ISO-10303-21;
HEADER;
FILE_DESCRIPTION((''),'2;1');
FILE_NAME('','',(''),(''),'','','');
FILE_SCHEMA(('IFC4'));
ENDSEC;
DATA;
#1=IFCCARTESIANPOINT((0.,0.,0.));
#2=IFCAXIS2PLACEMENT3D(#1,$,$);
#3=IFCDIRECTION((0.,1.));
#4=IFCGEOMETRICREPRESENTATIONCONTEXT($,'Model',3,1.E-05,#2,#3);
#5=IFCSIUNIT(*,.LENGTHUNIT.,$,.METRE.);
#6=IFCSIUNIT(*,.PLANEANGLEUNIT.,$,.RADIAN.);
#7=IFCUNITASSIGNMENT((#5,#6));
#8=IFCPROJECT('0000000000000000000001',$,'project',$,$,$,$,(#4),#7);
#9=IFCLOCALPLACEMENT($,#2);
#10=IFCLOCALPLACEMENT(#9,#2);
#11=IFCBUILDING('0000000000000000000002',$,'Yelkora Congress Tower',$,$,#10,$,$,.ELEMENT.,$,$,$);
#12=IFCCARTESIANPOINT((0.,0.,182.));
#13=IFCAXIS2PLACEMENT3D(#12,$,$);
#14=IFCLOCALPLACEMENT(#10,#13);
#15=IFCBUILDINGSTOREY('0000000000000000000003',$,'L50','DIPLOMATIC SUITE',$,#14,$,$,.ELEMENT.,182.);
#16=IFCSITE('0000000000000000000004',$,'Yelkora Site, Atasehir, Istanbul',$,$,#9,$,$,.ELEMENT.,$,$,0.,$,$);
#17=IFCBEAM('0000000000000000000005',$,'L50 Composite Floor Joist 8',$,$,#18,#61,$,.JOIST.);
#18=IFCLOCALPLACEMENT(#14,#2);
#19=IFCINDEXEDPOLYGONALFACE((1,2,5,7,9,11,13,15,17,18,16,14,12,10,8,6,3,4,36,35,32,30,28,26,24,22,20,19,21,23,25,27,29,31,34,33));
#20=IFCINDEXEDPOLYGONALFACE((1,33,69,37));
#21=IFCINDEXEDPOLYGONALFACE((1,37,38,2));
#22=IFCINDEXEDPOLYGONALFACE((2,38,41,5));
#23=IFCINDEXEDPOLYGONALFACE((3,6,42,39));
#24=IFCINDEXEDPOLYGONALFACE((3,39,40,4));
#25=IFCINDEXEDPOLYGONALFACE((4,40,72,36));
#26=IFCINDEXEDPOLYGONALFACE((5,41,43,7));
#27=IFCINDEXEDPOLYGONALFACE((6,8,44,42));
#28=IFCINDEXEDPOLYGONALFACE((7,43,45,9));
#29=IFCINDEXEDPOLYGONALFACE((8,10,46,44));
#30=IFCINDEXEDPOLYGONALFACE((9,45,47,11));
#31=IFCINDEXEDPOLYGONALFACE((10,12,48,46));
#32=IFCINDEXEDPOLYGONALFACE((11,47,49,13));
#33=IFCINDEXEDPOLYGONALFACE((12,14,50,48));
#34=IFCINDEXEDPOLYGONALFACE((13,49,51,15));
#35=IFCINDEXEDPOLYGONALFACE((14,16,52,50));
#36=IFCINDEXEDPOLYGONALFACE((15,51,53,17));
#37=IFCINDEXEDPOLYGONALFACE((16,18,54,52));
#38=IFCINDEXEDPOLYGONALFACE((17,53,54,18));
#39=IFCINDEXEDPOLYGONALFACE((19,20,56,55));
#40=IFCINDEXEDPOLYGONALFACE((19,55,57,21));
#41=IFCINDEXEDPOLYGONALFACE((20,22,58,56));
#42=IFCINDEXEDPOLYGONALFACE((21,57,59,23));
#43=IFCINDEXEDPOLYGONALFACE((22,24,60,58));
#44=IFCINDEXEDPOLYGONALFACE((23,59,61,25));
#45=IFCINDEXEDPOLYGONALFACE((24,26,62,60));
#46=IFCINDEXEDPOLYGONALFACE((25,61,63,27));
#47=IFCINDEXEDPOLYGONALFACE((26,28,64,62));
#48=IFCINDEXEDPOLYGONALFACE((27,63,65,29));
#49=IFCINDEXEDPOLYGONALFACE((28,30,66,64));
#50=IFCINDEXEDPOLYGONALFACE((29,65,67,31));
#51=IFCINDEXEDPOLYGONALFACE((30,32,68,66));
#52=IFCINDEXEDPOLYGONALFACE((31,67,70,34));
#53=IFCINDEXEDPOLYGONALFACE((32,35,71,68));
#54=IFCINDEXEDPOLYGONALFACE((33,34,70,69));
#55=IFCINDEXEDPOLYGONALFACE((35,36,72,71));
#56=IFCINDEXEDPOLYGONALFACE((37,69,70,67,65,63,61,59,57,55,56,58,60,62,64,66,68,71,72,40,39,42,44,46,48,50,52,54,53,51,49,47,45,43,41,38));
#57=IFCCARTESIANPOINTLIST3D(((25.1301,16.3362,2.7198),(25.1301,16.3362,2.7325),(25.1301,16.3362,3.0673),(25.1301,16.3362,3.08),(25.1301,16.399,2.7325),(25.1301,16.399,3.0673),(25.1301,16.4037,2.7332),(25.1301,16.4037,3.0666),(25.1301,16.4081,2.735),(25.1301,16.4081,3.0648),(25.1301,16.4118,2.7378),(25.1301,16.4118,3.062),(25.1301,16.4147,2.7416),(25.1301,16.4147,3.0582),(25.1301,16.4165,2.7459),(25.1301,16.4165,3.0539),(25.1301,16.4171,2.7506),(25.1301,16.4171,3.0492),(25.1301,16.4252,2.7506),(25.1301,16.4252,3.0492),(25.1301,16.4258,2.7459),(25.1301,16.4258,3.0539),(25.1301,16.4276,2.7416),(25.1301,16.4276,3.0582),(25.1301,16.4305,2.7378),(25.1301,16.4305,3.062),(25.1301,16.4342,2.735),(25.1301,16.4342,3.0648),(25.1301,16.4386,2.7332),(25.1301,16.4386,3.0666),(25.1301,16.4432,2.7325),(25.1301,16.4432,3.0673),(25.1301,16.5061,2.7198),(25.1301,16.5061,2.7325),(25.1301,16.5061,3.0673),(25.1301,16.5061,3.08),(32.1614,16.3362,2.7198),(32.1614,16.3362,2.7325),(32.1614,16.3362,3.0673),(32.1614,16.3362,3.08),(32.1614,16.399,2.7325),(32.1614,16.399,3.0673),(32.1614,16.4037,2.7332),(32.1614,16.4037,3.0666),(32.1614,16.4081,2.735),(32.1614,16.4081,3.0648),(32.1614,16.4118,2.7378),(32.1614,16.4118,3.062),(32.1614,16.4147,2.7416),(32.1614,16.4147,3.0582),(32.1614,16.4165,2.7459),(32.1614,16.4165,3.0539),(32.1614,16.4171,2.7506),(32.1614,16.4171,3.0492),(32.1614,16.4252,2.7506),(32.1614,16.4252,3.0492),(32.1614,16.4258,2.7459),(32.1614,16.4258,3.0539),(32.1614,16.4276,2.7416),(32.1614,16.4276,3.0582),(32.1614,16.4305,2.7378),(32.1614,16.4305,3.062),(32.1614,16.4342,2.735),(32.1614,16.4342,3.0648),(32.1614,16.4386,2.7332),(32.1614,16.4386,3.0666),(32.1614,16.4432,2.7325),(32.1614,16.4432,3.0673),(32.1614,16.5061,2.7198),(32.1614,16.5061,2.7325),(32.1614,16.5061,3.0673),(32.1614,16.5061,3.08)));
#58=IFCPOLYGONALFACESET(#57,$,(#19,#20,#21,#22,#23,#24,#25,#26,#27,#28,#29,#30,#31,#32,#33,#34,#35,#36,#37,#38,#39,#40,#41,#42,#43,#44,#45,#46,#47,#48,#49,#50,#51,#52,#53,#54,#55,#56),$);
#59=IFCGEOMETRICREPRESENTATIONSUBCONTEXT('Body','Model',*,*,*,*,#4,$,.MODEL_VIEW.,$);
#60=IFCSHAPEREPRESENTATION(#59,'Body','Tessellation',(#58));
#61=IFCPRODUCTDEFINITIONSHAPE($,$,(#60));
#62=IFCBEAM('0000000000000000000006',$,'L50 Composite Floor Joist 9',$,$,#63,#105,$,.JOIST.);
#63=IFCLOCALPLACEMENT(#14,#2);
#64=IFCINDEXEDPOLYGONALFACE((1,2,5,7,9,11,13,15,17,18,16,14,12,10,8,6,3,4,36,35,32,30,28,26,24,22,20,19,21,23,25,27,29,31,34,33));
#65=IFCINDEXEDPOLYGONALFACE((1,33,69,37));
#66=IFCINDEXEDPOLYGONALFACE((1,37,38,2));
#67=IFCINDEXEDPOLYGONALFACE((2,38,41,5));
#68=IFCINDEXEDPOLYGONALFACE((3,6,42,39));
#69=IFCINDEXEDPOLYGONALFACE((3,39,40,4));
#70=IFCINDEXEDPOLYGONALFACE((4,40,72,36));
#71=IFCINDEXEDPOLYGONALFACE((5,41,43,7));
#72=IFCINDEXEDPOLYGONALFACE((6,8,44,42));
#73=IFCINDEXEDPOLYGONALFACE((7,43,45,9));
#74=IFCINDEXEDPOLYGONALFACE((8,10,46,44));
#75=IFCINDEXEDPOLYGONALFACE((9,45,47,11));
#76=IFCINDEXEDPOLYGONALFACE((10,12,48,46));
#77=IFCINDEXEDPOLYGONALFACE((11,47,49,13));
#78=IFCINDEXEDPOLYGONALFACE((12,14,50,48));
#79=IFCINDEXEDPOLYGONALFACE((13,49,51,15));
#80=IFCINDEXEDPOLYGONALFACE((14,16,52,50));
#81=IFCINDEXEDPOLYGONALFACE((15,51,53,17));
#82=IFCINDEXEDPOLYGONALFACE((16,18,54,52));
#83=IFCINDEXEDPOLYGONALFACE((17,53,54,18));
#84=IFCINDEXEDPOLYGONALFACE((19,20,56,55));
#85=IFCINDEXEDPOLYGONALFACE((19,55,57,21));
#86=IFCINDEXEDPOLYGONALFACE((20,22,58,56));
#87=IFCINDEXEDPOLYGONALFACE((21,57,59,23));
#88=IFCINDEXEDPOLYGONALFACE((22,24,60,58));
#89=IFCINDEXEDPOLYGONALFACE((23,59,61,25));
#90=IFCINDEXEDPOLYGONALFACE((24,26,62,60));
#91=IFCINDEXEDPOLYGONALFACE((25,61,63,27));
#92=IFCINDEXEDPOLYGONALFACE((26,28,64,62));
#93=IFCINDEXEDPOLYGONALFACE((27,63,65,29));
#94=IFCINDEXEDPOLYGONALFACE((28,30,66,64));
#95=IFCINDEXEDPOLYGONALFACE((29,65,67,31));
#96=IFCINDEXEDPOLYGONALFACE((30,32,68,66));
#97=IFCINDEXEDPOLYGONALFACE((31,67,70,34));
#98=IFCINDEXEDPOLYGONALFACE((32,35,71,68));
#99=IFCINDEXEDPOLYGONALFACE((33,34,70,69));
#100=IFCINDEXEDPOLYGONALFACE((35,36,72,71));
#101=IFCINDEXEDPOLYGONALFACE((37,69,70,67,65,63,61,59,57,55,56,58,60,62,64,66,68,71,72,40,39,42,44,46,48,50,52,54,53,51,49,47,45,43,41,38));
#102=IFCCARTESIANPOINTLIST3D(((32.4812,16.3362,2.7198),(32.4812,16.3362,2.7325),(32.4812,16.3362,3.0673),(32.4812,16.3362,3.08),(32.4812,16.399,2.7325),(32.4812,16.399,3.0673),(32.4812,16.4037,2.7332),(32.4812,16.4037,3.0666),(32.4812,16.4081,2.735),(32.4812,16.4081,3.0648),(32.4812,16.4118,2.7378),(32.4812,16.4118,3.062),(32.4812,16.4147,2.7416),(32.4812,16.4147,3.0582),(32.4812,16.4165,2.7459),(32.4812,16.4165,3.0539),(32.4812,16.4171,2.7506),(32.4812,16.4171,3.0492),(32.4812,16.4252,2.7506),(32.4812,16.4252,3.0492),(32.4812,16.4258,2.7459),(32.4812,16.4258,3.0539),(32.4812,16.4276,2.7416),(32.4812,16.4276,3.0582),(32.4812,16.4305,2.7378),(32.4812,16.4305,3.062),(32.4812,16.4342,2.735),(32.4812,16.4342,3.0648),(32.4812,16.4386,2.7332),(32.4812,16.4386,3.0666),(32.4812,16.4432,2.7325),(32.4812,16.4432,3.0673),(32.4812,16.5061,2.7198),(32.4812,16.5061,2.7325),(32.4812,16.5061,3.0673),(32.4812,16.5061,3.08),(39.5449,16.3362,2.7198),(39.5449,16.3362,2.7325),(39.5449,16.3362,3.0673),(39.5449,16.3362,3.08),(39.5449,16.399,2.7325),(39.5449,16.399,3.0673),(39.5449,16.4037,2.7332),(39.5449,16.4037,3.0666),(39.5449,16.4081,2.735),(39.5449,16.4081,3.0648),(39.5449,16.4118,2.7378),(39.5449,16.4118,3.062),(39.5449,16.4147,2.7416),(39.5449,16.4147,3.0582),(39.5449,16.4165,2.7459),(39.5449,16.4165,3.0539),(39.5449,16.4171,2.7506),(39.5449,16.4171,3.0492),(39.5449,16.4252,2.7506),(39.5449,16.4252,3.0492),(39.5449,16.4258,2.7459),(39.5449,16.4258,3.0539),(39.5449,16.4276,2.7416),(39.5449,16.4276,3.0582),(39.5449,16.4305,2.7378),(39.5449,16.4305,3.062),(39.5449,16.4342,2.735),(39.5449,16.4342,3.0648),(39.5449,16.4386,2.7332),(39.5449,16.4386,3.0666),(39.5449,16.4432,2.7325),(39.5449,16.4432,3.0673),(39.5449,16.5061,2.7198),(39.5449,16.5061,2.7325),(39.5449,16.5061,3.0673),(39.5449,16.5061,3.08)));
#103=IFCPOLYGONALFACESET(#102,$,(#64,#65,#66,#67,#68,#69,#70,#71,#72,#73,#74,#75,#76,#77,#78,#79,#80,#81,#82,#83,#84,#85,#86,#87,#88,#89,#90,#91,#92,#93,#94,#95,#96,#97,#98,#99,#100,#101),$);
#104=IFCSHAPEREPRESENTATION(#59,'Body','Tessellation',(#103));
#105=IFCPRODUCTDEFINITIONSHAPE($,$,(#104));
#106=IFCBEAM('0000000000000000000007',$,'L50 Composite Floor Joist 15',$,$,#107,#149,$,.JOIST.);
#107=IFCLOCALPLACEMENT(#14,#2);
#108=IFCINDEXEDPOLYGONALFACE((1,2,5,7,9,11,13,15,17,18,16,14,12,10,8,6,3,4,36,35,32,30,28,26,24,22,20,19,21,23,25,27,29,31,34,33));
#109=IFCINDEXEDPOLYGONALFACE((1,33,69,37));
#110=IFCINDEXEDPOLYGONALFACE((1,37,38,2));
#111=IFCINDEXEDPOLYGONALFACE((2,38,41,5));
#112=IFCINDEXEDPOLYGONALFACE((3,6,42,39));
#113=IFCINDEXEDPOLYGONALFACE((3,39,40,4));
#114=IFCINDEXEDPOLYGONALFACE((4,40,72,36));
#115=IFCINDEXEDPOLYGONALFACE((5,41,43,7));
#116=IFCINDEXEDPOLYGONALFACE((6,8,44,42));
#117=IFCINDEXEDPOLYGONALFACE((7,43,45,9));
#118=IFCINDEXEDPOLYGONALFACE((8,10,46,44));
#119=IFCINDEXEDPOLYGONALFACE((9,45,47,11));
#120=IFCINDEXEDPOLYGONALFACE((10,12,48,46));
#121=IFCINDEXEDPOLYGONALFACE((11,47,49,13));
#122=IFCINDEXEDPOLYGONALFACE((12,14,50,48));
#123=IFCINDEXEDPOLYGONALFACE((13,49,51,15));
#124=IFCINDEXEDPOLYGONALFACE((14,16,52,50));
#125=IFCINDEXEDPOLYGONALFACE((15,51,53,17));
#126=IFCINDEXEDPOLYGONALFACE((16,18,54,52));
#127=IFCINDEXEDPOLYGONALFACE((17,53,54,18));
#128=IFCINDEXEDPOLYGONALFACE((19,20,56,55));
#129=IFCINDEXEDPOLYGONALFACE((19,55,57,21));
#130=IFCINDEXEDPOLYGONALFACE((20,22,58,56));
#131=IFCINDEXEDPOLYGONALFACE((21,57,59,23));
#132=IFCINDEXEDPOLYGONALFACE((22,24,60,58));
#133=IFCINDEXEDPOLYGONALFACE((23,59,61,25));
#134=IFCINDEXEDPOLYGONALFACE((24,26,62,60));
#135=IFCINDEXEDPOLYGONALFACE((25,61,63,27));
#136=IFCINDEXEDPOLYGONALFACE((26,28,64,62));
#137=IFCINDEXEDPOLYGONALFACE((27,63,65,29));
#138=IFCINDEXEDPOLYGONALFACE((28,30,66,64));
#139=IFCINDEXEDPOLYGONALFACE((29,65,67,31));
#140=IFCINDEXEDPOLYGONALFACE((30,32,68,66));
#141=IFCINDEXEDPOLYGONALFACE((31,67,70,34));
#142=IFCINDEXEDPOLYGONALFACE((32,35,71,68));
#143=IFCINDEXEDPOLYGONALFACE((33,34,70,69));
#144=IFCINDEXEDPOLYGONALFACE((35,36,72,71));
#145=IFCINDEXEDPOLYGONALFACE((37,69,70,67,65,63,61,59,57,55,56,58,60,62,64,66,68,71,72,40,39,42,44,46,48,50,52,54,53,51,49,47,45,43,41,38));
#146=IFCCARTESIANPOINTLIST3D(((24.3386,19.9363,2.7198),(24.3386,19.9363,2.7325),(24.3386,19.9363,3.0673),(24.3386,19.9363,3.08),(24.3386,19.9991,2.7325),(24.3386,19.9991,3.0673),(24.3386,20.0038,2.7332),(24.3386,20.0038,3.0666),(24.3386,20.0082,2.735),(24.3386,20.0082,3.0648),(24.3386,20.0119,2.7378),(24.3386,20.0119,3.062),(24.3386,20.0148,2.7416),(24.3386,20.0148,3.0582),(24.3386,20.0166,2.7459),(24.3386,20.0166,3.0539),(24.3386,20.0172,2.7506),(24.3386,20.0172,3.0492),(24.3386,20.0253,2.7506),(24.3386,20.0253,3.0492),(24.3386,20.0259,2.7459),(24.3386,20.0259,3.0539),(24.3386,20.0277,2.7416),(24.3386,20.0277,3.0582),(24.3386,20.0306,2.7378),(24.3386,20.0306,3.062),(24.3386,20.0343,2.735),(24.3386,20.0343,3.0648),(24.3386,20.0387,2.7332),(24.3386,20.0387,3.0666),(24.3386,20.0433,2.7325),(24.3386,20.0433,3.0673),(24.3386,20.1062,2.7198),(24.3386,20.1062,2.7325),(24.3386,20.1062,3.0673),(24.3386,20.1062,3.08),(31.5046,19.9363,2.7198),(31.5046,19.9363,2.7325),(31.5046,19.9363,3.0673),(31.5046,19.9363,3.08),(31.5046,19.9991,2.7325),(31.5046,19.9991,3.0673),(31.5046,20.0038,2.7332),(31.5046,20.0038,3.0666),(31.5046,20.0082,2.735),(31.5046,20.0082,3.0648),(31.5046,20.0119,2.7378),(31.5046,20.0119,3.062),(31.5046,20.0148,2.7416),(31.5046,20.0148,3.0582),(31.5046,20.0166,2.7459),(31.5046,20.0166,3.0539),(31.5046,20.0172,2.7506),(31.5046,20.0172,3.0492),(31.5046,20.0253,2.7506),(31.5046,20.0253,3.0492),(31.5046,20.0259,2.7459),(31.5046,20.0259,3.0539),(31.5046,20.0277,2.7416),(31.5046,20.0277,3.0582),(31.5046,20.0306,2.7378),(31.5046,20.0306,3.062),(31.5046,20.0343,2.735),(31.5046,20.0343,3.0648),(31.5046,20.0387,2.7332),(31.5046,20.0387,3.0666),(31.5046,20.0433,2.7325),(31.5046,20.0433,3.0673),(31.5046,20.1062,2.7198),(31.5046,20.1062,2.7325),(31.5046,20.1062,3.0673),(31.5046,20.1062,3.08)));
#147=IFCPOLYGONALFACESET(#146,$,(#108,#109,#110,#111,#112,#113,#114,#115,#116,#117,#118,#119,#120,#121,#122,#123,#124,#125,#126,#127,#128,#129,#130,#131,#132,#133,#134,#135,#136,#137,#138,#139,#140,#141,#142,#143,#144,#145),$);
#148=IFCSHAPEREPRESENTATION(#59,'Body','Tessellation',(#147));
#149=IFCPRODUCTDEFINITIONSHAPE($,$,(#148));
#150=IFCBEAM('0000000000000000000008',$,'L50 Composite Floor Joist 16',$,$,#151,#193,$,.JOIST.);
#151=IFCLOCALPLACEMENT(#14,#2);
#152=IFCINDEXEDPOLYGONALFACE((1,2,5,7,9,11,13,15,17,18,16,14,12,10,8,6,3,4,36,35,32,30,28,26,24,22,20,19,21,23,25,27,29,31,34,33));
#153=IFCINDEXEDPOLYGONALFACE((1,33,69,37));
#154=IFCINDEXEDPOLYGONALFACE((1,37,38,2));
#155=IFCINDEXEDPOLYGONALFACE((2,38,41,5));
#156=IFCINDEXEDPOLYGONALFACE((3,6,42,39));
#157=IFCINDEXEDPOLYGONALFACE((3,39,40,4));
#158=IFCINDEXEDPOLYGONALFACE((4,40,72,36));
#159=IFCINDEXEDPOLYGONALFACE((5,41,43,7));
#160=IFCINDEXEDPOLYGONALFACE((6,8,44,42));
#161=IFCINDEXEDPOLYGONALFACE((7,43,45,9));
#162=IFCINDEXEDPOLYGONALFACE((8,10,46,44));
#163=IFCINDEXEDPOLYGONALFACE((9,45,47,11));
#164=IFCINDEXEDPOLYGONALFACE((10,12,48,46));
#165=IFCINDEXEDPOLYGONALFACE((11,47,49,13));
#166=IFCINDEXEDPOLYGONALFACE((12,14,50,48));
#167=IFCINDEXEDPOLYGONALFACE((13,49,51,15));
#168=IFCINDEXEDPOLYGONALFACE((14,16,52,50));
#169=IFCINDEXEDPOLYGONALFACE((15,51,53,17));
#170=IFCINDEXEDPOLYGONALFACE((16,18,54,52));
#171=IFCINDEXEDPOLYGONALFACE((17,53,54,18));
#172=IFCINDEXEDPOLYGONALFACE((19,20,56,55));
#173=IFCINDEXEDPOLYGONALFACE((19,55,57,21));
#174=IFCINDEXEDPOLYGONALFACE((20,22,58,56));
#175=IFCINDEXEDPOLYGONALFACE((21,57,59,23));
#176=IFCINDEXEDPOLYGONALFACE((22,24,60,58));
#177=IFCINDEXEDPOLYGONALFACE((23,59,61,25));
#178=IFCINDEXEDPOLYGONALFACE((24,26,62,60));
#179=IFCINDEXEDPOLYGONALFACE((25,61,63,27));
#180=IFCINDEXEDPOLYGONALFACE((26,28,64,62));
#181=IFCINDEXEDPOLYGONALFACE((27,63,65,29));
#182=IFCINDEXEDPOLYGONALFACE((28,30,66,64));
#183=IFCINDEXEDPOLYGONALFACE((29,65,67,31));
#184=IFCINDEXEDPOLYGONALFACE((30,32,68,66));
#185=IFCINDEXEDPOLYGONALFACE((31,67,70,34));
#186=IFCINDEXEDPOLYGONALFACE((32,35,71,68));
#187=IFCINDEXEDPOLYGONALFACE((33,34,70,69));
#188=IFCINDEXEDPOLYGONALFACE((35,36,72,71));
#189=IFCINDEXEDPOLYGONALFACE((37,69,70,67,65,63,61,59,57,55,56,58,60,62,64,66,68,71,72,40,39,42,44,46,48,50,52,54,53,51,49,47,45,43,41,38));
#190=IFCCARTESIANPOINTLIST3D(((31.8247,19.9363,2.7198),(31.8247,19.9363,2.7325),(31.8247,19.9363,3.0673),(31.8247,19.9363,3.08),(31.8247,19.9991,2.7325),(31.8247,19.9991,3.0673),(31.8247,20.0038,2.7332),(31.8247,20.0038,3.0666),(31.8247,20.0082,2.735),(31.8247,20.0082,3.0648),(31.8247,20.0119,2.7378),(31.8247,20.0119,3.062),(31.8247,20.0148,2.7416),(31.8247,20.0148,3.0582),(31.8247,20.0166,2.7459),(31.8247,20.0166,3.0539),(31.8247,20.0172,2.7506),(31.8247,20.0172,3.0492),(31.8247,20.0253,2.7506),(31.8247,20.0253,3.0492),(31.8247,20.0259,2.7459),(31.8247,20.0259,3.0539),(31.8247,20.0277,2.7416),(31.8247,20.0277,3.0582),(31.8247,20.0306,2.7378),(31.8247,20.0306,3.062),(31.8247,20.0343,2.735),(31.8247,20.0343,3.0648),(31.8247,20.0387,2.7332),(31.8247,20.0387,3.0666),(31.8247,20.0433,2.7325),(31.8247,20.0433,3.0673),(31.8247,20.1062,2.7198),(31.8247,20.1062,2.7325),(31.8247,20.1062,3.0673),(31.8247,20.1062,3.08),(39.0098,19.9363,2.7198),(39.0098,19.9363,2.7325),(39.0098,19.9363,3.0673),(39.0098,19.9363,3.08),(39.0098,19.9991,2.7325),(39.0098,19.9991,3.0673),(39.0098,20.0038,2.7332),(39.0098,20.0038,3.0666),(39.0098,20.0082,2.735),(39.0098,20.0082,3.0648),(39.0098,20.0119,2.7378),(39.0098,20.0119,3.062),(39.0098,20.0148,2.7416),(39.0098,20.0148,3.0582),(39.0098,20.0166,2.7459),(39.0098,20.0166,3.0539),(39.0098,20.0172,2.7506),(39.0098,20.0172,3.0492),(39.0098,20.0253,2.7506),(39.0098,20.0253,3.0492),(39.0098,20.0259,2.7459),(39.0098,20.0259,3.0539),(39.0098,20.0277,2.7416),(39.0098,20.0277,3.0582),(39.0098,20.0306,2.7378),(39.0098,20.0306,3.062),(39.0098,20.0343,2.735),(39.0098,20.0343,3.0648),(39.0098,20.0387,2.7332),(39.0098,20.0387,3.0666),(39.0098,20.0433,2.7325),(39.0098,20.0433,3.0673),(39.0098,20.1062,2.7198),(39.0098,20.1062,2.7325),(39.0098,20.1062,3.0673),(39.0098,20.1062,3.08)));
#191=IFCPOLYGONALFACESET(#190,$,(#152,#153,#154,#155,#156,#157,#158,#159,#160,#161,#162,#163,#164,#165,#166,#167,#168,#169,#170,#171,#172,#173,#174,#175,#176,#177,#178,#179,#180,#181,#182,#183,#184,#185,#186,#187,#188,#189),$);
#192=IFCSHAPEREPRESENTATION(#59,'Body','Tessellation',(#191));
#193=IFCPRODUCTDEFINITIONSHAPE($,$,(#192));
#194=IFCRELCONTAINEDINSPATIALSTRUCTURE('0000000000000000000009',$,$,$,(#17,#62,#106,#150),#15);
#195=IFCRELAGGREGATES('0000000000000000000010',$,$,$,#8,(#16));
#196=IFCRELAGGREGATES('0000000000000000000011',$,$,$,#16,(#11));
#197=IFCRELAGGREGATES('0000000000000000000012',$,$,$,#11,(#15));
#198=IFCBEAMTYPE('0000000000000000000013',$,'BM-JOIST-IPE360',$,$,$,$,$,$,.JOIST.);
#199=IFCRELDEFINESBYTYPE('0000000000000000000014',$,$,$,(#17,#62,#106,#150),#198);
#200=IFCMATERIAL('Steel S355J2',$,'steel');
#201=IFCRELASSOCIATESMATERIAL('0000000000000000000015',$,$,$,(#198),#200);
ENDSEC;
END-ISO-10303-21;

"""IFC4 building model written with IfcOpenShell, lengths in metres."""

from ifc_helpers import new_model, si_unit, direction, frame, origin, origin_2d, place, context, subcontext, project, spatial, i_section, extrude, material, material_profile, profile_set, type_object, element, save


model = new_model("IFC4")

# Units and contexts
model_context = context("Model", 3, precision=1e-05, world=origin(), true_north=direction((0.0, 1.0)))
body_context = subcontext(model_context, "Body", "Model", "MODEL_VIEW")
ifc_project = project(units=[si_unit("LENGTHUNIT", "METRE"), si_unit("PLANEANGLEUNIT", "RADIAN")], contexts=[model_context])

# Site, building, storey
site_placement = place(None, origin())
site = spatial("IfcSite", under=ifc_project, at=site_placement, Name="Yelkora Site, Atasehir, Istanbul", CompositionType="ELEMENT", RefElevation=0.0)
building_placement = place(site_placement, origin())
building = spatial("IfcBuilding", under=site, at=building_placement, Name="Yelkora Congress Tower", CompositionType="ELEMENT")
storey_placement = place(building_placement, frame((0.0, 0.0, 182.0)))
storey = spatial("IfcBuildingStorey", under=building, at=storey_placement, Name="L50", Description="DIPLOMATIC SUITE", CompositionType="ELEMENT", Elevation=182.0)

# Beams
ifc_material_1 = material(Name="Steel S355J2", Category="steel")
ifc_material_profile_1 = material_profile(ifc_material_1, i_section(OverallWidth=0.1699, OverallDepth=0.3601, WebThickness=0.0081, FlangeThickness=0.0127, FilletRadius=0.0181, at=origin_2d()), Name="IPE 360")
ifc_profile_set_1 = profile_set([ifc_material_profile_1], Name="Steel S355J2")
beam_type_1 = type_object("IfcBeamType", Name="BM-JOIST-IPE360", PredefinedType="JOIST", material=ifc_profile_set_1)
beam_1_placement = place(storey_placement, frame((25.1301, 16.4211, 2.8999), z_axis=(1.0, 0.0, 0.0), x_axis=(0.0, 1.0, 0.0)))
element("IfcBeam", 1, at=beam_1_placement, inside=storey, type_object=beam_type_1, Name="L50 Composite Floor Joist 8", PredefinedType="JOIST", context=body_context, shape_type="SweptSolid", body=[
    extrude(i_section(OverallWidth=0.1699, OverallDepth=0.3601, WebThickness=0.0081, FlangeThickness=0.0127, FilletRadius=0.0181, at=origin_2d()), origin(), (0.0, 0.0, 1.0), 7.0312),
])
beam_2_placement = place(storey_placement, frame((32.4812, 16.4211, 2.8999), z_axis=(1.0, 0.0, 0.0), x_axis=(0.0, 1.0, 0.0)))
element("IfcBeam", 2, at=beam_2_placement, inside=storey, type_object=beam_type_1, Name="L50 Composite Floor Joist 9", PredefinedType="JOIST", context=body_context, shape_type="SweptSolid", body=[
    extrude(i_section(OverallWidth=0.1699, OverallDepth=0.3601, WebThickness=0.0081, FlangeThickness=0.0127, FilletRadius=0.0181, at=origin_2d()), origin(), (0.0, 0.0, 1.0), 7.0637),
])
beam_3_placement = place(storey_placement, frame((24.3386, 20.0212, 2.8999), z_axis=(1.0, 0.0, 0.0), x_axis=(0.0, 1.0, 0.0)))
element("IfcBeam", 3, at=beam_3_placement, inside=storey, type_object=beam_type_1, Name="L50 Composite Floor Joist 15", PredefinedType="JOIST", context=body_context, shape_type="SweptSolid", body=[
    extrude(i_section(OverallWidth=0.1699, OverallDepth=0.3601, WebThickness=0.0081, FlangeThickness=0.0127, FilletRadius=0.0181, at=origin_2d()), origin(), (0.0, 0.0, 1.0), 7.166),
])
beam_4_placement = place(storey_placement, frame((31.8247, 20.0212, 2.8999), z_axis=(1.0, 0.0, 0.0), x_axis=(0.0, 1.0, 0.0)))
element("IfcBeam", 4, at=beam_4_placement, inside=storey, type_object=beam_type_1, Name="L50 Composite Floor Joist 16", PredefinedType="JOIST", context=body_context, shape_type="SweptSolid", body=[
    extrude(i_section(OverallWidth=0.1699, OverallDepth=0.3601, WebThickness=0.0081, FlangeThickness=0.0127, FilletRadius=0.0181, at=origin_2d()), origin(), (0.0, 0.0, 1.0), 7.1851),
])

save(model, "model.ifc")
